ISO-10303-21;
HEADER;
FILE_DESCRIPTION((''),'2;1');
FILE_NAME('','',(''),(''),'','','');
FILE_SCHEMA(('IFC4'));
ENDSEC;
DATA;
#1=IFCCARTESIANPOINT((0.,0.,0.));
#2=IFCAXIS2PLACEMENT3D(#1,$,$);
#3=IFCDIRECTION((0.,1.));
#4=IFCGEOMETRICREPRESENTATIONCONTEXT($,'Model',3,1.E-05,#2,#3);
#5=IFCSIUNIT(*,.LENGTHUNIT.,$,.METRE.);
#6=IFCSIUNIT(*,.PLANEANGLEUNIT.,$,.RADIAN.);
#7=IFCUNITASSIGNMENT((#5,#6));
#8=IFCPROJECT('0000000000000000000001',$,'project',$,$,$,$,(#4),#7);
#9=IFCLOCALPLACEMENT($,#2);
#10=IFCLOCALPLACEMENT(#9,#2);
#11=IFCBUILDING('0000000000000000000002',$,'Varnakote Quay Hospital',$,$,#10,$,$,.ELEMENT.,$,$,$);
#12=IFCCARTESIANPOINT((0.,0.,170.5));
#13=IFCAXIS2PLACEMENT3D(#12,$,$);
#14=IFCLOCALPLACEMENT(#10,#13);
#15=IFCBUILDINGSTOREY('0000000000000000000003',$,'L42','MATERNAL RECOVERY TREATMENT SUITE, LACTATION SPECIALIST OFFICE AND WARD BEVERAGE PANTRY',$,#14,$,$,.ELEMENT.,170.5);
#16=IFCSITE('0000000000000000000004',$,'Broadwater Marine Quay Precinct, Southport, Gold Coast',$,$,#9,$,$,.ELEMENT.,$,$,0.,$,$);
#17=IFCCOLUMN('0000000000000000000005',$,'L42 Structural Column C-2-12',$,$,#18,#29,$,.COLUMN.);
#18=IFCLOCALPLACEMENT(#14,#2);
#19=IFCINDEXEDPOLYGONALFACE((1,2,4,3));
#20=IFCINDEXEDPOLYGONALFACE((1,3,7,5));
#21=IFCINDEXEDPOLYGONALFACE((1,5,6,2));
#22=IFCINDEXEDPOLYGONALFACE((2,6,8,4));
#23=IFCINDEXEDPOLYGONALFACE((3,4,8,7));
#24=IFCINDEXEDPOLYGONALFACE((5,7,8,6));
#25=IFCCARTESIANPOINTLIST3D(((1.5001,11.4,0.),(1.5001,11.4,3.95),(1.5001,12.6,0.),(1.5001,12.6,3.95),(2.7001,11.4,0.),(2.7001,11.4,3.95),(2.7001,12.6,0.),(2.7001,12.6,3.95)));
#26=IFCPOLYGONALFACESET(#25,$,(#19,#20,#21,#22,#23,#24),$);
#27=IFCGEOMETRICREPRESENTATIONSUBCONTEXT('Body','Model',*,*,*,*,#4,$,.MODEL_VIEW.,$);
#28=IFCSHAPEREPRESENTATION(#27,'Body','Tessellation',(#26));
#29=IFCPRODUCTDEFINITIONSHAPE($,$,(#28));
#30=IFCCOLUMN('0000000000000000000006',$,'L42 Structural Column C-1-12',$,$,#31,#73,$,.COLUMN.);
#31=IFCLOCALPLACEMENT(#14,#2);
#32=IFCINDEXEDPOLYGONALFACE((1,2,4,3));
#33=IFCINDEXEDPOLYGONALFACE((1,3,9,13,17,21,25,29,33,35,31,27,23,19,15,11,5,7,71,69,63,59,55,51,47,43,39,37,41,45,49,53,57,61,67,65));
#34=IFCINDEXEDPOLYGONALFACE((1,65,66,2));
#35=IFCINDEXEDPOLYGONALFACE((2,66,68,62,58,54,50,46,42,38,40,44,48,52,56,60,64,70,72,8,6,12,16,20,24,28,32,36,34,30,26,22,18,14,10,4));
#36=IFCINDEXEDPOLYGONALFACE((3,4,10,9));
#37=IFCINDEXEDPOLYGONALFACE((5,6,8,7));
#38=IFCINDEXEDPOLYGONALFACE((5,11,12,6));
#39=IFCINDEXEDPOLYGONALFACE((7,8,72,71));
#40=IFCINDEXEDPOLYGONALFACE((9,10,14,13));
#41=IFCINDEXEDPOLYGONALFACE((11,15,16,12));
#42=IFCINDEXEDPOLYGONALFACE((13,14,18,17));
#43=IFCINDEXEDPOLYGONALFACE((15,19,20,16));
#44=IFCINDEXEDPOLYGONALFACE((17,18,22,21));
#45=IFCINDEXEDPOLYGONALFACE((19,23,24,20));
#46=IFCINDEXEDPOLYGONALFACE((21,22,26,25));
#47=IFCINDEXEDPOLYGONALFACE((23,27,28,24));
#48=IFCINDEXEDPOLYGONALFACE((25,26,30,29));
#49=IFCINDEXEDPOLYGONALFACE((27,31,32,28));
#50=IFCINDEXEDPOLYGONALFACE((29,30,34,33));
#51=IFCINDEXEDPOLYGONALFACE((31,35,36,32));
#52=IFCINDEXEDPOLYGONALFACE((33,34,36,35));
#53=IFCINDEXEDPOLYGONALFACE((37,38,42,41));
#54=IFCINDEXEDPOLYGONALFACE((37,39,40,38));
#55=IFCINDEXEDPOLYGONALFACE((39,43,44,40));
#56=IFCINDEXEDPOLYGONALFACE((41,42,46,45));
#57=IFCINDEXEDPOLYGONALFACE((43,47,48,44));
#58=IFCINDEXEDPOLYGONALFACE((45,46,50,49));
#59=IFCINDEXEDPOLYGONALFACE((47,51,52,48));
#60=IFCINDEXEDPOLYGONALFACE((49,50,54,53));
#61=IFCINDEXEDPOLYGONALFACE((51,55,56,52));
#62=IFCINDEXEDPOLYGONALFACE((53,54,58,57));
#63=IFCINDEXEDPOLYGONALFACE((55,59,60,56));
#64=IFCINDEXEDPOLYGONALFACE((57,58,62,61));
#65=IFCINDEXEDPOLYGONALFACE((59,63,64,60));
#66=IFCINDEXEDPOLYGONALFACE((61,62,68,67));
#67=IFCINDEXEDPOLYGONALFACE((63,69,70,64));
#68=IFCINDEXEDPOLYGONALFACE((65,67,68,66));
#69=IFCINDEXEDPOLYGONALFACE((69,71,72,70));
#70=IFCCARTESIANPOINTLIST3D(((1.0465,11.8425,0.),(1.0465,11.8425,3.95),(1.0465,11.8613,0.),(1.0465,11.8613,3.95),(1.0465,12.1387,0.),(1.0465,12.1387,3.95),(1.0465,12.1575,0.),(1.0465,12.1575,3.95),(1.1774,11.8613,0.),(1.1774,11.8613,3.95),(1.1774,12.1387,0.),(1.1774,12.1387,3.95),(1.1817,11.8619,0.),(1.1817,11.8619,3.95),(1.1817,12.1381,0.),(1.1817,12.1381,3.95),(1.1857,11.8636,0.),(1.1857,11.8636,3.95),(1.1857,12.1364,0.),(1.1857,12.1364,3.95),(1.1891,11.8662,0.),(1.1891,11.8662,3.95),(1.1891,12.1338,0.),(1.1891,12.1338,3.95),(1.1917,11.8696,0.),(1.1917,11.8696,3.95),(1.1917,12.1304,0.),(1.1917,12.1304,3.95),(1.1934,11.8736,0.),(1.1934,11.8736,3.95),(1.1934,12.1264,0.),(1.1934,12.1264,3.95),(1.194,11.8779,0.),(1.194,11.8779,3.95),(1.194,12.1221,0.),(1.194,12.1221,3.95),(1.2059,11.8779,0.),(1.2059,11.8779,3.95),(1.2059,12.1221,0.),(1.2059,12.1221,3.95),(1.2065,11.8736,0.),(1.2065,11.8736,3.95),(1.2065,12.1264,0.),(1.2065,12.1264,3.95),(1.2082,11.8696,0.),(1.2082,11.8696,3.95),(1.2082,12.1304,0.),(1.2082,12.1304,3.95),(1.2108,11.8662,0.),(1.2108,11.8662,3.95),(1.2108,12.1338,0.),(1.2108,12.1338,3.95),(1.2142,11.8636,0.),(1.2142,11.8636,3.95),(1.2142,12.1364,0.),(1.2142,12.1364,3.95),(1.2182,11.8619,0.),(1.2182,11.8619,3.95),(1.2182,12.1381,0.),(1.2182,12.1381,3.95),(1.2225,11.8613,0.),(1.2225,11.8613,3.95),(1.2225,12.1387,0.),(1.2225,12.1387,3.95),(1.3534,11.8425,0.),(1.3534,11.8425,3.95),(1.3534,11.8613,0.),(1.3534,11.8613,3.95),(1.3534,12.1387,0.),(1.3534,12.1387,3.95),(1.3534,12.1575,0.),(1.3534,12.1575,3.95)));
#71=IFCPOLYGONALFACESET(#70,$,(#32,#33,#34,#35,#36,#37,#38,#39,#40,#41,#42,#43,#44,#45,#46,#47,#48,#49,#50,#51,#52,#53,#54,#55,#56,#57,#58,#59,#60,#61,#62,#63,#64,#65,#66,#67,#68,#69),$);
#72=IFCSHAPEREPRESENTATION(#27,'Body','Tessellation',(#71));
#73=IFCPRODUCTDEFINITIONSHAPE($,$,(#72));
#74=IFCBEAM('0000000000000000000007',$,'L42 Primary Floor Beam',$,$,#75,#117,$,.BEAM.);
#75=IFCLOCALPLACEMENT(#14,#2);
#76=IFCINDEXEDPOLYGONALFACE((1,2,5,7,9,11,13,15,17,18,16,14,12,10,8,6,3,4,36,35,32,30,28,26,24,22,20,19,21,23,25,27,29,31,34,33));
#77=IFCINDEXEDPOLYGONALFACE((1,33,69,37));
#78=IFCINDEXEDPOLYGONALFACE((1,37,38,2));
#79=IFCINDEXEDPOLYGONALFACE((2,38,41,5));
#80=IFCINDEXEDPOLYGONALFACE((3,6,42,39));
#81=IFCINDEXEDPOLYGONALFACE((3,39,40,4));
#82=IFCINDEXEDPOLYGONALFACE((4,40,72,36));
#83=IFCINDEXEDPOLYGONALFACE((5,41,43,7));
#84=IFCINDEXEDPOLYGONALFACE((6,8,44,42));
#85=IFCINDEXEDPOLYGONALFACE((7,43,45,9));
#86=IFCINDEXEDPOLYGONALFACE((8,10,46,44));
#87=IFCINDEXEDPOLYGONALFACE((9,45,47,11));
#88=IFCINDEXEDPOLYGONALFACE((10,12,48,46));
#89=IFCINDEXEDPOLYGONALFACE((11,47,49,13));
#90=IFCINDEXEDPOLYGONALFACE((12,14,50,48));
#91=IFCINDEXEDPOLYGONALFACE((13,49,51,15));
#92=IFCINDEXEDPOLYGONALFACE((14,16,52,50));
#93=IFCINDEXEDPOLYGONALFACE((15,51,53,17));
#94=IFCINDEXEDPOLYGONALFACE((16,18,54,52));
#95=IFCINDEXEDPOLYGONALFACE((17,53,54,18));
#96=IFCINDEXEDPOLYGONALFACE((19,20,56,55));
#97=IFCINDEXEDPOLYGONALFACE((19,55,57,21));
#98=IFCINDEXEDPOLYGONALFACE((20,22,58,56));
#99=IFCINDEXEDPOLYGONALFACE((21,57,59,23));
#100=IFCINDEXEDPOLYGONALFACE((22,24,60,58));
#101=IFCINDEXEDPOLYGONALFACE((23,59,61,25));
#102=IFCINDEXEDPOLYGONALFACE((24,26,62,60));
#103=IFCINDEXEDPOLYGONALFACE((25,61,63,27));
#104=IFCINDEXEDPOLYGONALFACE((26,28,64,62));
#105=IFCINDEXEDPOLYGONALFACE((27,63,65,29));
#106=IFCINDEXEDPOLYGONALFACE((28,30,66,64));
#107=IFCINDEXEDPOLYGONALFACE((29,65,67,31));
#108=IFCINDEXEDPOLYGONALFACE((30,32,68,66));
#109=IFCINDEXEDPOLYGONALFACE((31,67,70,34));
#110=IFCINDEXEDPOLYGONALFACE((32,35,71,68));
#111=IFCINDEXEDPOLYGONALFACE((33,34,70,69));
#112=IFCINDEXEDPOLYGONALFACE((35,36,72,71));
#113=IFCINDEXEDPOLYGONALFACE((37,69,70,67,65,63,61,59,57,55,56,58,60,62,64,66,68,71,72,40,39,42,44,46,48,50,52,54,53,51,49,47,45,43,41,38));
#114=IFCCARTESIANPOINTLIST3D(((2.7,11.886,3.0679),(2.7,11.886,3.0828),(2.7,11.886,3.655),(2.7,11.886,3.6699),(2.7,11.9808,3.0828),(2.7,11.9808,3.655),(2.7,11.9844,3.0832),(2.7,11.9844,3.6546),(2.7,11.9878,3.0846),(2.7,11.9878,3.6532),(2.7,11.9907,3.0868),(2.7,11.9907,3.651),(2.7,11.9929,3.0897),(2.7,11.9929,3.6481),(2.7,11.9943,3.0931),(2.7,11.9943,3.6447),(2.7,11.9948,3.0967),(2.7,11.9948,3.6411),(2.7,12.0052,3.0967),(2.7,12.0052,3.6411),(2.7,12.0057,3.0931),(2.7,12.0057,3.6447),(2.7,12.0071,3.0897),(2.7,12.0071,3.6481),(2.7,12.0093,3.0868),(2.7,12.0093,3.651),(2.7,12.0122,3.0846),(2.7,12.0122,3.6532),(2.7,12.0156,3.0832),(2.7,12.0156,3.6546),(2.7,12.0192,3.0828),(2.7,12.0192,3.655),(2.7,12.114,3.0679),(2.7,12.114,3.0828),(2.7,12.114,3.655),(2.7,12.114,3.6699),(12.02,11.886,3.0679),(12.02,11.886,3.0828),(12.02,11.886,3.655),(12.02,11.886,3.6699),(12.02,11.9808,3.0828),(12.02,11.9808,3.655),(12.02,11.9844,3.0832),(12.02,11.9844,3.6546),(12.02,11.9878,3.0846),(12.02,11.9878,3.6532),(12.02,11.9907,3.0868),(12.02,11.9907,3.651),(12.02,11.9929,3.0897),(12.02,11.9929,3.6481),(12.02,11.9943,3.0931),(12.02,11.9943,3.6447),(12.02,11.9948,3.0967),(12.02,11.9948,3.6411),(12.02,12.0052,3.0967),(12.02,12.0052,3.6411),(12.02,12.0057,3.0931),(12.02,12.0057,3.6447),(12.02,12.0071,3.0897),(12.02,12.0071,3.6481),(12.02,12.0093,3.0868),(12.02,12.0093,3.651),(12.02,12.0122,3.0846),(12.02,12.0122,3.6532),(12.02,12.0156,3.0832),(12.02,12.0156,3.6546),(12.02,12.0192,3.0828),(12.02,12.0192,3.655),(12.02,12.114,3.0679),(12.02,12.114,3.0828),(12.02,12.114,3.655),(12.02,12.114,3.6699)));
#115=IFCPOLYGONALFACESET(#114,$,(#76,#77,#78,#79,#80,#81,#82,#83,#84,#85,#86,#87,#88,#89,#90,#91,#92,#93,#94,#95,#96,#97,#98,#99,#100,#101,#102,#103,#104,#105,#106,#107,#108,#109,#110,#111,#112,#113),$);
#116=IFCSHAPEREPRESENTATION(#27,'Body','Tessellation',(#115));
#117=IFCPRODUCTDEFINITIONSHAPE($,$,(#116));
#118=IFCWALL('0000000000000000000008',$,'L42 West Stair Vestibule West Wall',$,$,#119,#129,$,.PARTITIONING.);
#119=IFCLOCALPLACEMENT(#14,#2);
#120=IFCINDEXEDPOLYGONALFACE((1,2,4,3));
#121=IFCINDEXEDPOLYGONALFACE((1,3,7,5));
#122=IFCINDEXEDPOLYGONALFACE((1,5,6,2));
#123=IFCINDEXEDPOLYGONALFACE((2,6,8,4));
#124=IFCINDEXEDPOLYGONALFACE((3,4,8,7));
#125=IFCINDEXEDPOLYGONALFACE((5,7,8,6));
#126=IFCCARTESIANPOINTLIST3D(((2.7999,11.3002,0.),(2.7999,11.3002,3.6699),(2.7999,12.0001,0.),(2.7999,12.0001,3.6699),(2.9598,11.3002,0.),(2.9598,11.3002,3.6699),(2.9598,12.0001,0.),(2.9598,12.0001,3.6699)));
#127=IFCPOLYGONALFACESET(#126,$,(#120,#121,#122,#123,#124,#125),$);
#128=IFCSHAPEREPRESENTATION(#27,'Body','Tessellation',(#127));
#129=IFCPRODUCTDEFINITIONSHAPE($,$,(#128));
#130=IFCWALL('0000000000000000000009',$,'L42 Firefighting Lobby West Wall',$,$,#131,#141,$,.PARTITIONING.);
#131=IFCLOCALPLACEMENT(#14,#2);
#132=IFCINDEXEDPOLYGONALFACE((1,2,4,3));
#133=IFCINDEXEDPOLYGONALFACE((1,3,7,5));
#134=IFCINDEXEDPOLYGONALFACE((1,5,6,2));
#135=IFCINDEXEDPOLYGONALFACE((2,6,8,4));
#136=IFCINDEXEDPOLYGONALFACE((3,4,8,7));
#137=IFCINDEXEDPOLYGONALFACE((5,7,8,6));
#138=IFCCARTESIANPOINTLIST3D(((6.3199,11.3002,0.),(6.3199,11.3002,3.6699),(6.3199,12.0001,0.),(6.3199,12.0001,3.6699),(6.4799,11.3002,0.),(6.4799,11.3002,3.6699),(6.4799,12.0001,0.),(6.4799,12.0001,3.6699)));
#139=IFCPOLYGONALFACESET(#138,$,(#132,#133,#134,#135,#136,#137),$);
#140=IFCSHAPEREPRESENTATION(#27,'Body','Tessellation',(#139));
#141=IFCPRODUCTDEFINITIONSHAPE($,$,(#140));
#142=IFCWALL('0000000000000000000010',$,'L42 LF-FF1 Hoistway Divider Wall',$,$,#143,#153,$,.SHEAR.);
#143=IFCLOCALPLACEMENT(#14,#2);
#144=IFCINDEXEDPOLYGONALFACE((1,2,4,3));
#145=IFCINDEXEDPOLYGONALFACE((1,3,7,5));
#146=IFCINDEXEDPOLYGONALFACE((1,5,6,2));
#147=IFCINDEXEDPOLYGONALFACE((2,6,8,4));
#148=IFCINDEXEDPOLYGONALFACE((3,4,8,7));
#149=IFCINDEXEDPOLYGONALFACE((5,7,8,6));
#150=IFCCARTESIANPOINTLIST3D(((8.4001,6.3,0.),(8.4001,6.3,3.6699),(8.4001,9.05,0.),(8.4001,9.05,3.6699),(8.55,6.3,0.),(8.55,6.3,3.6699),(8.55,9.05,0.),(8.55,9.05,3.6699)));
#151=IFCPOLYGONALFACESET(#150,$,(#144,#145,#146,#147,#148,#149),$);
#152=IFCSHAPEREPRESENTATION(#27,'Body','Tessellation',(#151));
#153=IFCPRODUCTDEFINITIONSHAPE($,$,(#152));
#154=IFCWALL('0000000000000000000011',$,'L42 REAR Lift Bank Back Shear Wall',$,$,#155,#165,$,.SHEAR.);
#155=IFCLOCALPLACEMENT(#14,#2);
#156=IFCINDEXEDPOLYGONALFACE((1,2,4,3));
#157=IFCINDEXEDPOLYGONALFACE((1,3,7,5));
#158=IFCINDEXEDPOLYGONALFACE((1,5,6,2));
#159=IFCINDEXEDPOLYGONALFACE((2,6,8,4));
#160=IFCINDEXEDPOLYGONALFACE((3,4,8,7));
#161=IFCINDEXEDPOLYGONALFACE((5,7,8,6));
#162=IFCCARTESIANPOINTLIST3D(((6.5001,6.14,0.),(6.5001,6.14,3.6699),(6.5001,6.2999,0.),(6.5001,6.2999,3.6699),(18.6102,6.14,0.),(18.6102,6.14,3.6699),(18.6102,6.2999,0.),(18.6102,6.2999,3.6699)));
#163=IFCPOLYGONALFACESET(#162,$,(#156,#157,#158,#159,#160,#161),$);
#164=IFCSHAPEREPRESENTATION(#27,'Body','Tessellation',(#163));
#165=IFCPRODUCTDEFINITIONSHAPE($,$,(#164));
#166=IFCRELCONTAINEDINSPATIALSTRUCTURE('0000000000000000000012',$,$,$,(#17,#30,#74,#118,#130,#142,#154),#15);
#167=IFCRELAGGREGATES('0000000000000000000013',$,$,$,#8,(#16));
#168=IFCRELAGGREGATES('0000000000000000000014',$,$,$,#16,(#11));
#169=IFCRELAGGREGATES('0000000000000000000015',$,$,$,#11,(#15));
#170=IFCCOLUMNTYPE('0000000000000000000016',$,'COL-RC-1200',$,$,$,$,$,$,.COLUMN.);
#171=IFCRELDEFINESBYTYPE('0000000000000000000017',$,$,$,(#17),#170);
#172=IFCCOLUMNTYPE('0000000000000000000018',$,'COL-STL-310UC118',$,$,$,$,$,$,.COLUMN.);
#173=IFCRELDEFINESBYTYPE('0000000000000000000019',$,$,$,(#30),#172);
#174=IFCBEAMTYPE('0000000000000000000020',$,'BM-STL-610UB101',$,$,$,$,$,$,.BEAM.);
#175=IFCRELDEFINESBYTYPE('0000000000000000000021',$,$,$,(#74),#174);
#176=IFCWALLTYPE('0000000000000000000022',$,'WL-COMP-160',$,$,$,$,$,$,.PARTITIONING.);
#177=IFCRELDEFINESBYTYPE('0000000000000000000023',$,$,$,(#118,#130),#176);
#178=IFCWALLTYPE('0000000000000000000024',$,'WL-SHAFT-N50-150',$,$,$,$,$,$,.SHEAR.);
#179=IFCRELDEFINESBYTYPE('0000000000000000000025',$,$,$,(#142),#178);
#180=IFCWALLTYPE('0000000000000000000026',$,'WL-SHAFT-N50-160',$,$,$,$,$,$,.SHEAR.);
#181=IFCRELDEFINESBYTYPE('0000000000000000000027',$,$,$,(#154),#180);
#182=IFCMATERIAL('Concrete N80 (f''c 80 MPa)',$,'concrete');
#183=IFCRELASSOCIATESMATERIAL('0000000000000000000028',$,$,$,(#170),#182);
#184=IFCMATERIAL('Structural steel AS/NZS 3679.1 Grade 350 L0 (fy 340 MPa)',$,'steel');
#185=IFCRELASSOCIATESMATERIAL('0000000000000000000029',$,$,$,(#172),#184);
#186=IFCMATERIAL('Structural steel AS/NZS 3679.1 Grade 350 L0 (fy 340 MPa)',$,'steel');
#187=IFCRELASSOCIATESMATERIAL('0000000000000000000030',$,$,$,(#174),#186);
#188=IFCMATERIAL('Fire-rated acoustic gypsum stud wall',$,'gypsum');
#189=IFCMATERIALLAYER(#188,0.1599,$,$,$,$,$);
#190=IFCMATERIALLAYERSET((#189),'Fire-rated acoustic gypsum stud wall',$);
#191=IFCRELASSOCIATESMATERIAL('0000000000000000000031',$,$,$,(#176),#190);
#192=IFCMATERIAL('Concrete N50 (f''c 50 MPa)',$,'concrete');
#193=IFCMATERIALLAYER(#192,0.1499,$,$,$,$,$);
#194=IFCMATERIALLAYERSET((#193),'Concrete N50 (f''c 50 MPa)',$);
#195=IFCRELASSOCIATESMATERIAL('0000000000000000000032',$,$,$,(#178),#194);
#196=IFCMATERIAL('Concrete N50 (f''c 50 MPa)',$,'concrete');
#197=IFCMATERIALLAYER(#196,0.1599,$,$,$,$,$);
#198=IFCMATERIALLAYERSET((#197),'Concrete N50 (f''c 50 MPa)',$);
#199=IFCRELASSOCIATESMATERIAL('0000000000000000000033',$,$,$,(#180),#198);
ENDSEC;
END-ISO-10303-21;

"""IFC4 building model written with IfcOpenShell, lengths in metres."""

from ifc_helpers import new_model, si_unit, direction, frame, frame_2d, origin, origin_2d, place, context, subcontext, project, spatial, rectangle, i_section, extrude, material, layer, layer_set, material_profile, profile_set, type_object, element, save


model = new_model("IFC4")

# Units and contexts
model_context = context("Model", 3, precision=1e-05, world=origin(), true_north=direction((0.0, 1.0)))
body_context = subcontext(model_context, "Body", "Model", "MODEL_VIEW")
ifc_project = project(units=[si_unit("LENGTHUNIT", "METRE"), si_unit("PLANEANGLEUNIT", "RADIAN")], contexts=[model_context])

# Site, building, storey
site_placement = place(None, origin())
site = spatial("IfcSite", under=ifc_project, at=site_placement, Name="Broadwater Marine Quay Precinct, Southport, Gold Coast", CompositionType="ELEMENT", RefElevation=0.0)
building_placement = place(site_placement, origin())
building = spatial("IfcBuilding", under=site, at=building_placement, Name="Varnakote Quay Hospital", CompositionType="ELEMENT")
storey_placement = place(building_placement, frame((0.0, 0.0, 170.5)))
storey = spatial("IfcBuildingStorey", under=building, at=storey_placement, Name="L42", Description="MATERNAL RECOVERY TREATMENT SUITE, LACTATION SPECIALIST OFFICE AND WARD BEVERAGE PANTRY", CompositionType="ELEMENT", Elevation=170.5)

# Columns
ifc_material_1 = material(Name="Concrete N80 (f'c 80 MPa)", Category="concrete")
ifc_material_profile_1 = material_profile(ifc_material_1, rectangle(XDim=1.2, YDim=1.2, at=origin_2d()), Name="RC-COL-1200x1200")
ifc_profile_set_1 = profile_set([ifc_material_profile_1], Name="Concrete N80 (f'c 80 MPa)")
column_type_1 = type_object("IfcColumnType", Name="COL-RC-1200", PredefinedType="COLUMN", material=ifc_profile_set_1)
column_1_placement = place(storey_placement, frame((2.1001, 12.0, 0.0), z_axis=(0.0, 0.0, 1.0), x_axis=(1.0, 0.0, 0.0)))
element("IfcColumn", 1, at=column_1_placement, inside=storey, type_object=column_type_1, Name="L42 Structural Column C-2-12", PredefinedType="COLUMN", context=body_context, shape_type="SweptSolid", body=[
    extrude(rectangle(XDim=1.2, YDim=1.2, at=origin_2d()), origin(), (0.0, 0.0, 1.0), 3.95),
])
ifc_material_2 = material(Name="Structural steel AS/NZS 3679.1 Grade 350 L0 (fy 340 MPa)", Category="steel")
ifc_material_profile_2 = material_profile(ifc_material_2, i_section(OverallWidth=0.3069, OverallDepth=0.3149, WebThickness=0.012, FlangeThickness=0.0188, FilletRadius=0.0166, at=origin_2d()), Name="310UC118")
ifc_profile_set_2 = profile_set([ifc_material_profile_2], Name="Structural steel AS/NZS 3679.1 Grade 350 L0 (fy 340 MPa)")
column_type_2 = type_object("IfcColumnType", Name="COL-STL-310UC118", PredefinedType="COLUMN", material=ifc_profile_set_2)
column_2_placement = place(storey_placement, frame((1.2, 12.0, 0.0), z_axis=(0.0, 0.0, 1.0), x_axis=(1.0, 0.0, 0.0)))
element("IfcColumn", 2, at=column_2_placement, inside=storey, type_object=column_type_2, Name="L42 Structural Column C-1-12", PredefinedType="COLUMN", context=body_context, shape_type="SweptSolid", body=[
    extrude(i_section(OverallWidth=0.3069, OverallDepth=0.3149, WebThickness=0.012, FlangeThickness=0.0188, FilletRadius=0.0166, at=origin_2d()), origin(), (0.0, 0.0, 1.0), 3.95),
])

# Beam
ifc_material_3 = material(Name="Structural steel AS/NZS 3679.1 Grade 350 L0 (fy 340 MPa)", Category="steel")
ifc_material_profile_3 = material_profile(ifc_material_3, i_section(OverallWidth=0.228, OverallDepth=0.6021, WebThickness=0.0105, FlangeThickness=0.0149, FilletRadius=0.0139, at=origin_2d()), Name="610UB101")
ifc_profile_set_3 = profile_set([ifc_material_profile_3], Name="Structural steel AS/NZS 3679.1 Grade 350 L0 (fy 340 MPa)")
beam_type = type_object("IfcBeamType", Name="BM-STL-610UB101", PredefinedType="BEAM", material=ifc_profile_set_3)
beam_placement = place(storey_placement, frame((2.7, 12.0, 3.3689), z_axis=(1.0, 0.0, 0.0), x_axis=(0.0, 1.0, 0.0)))
element("IfcBeam", 3, at=beam_placement, inside=storey, type_object=beam_type, Name="L42 Primary Floor Beam", PredefinedType="BEAM", context=body_context, shape_type="SweptSolid", body=[
    extrude(i_section(OverallWidth=0.228, OverallDepth=0.6021, WebThickness=0.0105, FlangeThickness=0.0149, FilletRadius=0.0139, at=origin_2d()), origin(), (0.0, 0.0, 1.0), 9.3201),
])

# Walls
ifc_material_4 = material(Name="Fire-rated acoustic gypsum stud wall", Category="gypsum")
ifc_layer_1 = layer(ifc_material_4, 0.1599)
ifc_layer_set_1 = layer_set([ifc_layer_1], Name="Fire-rated acoustic gypsum stud wall")
wall_type_1 = type_object("IfcWallType", Name="WL-COMP-160", PredefinedType="PARTITIONING", material=ifc_layer_set_1)
for number, where, z_axis, x_axis, name in (
    (4, (2.8799, 11.3, 0.0), (0.0, 0.0, 1.0), (0.0, 1.0, 0.0), "L42 West Stair Vestibule West Wall"),
    (5, (6.3999, 11.3, 0.0), (0.0, 0.0, 1.0), (0.0, 1.0, 0.0), "L42 Firefighting Lobby West Wall"),
):
    element("IfcWall", number, at=place(storey_placement, frame(where, z_axis=z_axis, x_axis=x_axis)), inside=storey, type_object=wall_type_1, Name=name, PredefinedType="PARTITIONING", context=body_context, shape_type="SweptSolid", body=[
        extrude(rectangle(XDim=0.7, YDim=0.1599, at=frame_2d((0.3501, 0.0))), origin(), (0.0, 0.0, 1.0), 3.6699),
    ])
ifc_material_5 = material(Name="Concrete N50 (f'c 50 MPa)", Category="concrete")
ifc_layer_2 = layer(ifc_material_5, 0.1499)
ifc_layer_set_2 = layer_set([ifc_layer_2], Name="Concrete N50 (f'c 50 MPa)")
wall_type_2 = type_object("IfcWallType", Name="WL-SHAFT-N50-150", PredefinedType="SHEAR", material=ifc_layer_set_2)
wall_1_placement = place(storey_placement, frame((8.4751, 6.3, 0.0), z_axis=(0.0, 0.0, 1.0), x_axis=(0.0, 1.0, 0.0)))
element("IfcWall", 6, at=wall_1_placement, inside=storey, type_object=wall_type_2, Name="L42 LF-FF1 Hoistway Divider Wall", PredefinedType="SHEAR", context=body_context, shape_type="SweptSolid", body=[
    extrude(rectangle(XDim=2.75, YDim=0.1499, at=frame_2d((1.375, 0.0))), origin(), (0.0, 0.0, 1.0), 3.6699),
])
ifc_material_6 = material(Name="Concrete N50 (f'c 50 MPa)", Category="concrete")
ifc_layer_3 = layer(ifc_material_6, 0.1599)
ifc_layer_set_3 = layer_set([ifc_layer_3], Name="Concrete N50 (f'c 50 MPa)")
wall_type_3 = type_object("IfcWallType", Name="WL-SHAFT-N50-160", PredefinedType="SHEAR", material=ifc_layer_set_3)
wall_2_placement = place(storey_placement, frame((6.5, 6.22, 0.0), z_axis=(0.0, 0.0, 1.0), x_axis=(1.0, 0.0, 0.0)))
element("IfcWall", 7, at=wall_2_placement, inside=storey, type_object=wall_type_3, Name="L42 REAR Lift Bank Back Shear Wall", PredefinedType="SHEAR", context=body_context, shape_type="SweptSolid", body=[
    extrude(rectangle(XDim=12.1101, YDim=0.1599, at=frame_2d((6.0552, 0.0))), origin(), (0.0, 0.0, 1.0), 3.6699),
])

save(model, "model.ifc")
